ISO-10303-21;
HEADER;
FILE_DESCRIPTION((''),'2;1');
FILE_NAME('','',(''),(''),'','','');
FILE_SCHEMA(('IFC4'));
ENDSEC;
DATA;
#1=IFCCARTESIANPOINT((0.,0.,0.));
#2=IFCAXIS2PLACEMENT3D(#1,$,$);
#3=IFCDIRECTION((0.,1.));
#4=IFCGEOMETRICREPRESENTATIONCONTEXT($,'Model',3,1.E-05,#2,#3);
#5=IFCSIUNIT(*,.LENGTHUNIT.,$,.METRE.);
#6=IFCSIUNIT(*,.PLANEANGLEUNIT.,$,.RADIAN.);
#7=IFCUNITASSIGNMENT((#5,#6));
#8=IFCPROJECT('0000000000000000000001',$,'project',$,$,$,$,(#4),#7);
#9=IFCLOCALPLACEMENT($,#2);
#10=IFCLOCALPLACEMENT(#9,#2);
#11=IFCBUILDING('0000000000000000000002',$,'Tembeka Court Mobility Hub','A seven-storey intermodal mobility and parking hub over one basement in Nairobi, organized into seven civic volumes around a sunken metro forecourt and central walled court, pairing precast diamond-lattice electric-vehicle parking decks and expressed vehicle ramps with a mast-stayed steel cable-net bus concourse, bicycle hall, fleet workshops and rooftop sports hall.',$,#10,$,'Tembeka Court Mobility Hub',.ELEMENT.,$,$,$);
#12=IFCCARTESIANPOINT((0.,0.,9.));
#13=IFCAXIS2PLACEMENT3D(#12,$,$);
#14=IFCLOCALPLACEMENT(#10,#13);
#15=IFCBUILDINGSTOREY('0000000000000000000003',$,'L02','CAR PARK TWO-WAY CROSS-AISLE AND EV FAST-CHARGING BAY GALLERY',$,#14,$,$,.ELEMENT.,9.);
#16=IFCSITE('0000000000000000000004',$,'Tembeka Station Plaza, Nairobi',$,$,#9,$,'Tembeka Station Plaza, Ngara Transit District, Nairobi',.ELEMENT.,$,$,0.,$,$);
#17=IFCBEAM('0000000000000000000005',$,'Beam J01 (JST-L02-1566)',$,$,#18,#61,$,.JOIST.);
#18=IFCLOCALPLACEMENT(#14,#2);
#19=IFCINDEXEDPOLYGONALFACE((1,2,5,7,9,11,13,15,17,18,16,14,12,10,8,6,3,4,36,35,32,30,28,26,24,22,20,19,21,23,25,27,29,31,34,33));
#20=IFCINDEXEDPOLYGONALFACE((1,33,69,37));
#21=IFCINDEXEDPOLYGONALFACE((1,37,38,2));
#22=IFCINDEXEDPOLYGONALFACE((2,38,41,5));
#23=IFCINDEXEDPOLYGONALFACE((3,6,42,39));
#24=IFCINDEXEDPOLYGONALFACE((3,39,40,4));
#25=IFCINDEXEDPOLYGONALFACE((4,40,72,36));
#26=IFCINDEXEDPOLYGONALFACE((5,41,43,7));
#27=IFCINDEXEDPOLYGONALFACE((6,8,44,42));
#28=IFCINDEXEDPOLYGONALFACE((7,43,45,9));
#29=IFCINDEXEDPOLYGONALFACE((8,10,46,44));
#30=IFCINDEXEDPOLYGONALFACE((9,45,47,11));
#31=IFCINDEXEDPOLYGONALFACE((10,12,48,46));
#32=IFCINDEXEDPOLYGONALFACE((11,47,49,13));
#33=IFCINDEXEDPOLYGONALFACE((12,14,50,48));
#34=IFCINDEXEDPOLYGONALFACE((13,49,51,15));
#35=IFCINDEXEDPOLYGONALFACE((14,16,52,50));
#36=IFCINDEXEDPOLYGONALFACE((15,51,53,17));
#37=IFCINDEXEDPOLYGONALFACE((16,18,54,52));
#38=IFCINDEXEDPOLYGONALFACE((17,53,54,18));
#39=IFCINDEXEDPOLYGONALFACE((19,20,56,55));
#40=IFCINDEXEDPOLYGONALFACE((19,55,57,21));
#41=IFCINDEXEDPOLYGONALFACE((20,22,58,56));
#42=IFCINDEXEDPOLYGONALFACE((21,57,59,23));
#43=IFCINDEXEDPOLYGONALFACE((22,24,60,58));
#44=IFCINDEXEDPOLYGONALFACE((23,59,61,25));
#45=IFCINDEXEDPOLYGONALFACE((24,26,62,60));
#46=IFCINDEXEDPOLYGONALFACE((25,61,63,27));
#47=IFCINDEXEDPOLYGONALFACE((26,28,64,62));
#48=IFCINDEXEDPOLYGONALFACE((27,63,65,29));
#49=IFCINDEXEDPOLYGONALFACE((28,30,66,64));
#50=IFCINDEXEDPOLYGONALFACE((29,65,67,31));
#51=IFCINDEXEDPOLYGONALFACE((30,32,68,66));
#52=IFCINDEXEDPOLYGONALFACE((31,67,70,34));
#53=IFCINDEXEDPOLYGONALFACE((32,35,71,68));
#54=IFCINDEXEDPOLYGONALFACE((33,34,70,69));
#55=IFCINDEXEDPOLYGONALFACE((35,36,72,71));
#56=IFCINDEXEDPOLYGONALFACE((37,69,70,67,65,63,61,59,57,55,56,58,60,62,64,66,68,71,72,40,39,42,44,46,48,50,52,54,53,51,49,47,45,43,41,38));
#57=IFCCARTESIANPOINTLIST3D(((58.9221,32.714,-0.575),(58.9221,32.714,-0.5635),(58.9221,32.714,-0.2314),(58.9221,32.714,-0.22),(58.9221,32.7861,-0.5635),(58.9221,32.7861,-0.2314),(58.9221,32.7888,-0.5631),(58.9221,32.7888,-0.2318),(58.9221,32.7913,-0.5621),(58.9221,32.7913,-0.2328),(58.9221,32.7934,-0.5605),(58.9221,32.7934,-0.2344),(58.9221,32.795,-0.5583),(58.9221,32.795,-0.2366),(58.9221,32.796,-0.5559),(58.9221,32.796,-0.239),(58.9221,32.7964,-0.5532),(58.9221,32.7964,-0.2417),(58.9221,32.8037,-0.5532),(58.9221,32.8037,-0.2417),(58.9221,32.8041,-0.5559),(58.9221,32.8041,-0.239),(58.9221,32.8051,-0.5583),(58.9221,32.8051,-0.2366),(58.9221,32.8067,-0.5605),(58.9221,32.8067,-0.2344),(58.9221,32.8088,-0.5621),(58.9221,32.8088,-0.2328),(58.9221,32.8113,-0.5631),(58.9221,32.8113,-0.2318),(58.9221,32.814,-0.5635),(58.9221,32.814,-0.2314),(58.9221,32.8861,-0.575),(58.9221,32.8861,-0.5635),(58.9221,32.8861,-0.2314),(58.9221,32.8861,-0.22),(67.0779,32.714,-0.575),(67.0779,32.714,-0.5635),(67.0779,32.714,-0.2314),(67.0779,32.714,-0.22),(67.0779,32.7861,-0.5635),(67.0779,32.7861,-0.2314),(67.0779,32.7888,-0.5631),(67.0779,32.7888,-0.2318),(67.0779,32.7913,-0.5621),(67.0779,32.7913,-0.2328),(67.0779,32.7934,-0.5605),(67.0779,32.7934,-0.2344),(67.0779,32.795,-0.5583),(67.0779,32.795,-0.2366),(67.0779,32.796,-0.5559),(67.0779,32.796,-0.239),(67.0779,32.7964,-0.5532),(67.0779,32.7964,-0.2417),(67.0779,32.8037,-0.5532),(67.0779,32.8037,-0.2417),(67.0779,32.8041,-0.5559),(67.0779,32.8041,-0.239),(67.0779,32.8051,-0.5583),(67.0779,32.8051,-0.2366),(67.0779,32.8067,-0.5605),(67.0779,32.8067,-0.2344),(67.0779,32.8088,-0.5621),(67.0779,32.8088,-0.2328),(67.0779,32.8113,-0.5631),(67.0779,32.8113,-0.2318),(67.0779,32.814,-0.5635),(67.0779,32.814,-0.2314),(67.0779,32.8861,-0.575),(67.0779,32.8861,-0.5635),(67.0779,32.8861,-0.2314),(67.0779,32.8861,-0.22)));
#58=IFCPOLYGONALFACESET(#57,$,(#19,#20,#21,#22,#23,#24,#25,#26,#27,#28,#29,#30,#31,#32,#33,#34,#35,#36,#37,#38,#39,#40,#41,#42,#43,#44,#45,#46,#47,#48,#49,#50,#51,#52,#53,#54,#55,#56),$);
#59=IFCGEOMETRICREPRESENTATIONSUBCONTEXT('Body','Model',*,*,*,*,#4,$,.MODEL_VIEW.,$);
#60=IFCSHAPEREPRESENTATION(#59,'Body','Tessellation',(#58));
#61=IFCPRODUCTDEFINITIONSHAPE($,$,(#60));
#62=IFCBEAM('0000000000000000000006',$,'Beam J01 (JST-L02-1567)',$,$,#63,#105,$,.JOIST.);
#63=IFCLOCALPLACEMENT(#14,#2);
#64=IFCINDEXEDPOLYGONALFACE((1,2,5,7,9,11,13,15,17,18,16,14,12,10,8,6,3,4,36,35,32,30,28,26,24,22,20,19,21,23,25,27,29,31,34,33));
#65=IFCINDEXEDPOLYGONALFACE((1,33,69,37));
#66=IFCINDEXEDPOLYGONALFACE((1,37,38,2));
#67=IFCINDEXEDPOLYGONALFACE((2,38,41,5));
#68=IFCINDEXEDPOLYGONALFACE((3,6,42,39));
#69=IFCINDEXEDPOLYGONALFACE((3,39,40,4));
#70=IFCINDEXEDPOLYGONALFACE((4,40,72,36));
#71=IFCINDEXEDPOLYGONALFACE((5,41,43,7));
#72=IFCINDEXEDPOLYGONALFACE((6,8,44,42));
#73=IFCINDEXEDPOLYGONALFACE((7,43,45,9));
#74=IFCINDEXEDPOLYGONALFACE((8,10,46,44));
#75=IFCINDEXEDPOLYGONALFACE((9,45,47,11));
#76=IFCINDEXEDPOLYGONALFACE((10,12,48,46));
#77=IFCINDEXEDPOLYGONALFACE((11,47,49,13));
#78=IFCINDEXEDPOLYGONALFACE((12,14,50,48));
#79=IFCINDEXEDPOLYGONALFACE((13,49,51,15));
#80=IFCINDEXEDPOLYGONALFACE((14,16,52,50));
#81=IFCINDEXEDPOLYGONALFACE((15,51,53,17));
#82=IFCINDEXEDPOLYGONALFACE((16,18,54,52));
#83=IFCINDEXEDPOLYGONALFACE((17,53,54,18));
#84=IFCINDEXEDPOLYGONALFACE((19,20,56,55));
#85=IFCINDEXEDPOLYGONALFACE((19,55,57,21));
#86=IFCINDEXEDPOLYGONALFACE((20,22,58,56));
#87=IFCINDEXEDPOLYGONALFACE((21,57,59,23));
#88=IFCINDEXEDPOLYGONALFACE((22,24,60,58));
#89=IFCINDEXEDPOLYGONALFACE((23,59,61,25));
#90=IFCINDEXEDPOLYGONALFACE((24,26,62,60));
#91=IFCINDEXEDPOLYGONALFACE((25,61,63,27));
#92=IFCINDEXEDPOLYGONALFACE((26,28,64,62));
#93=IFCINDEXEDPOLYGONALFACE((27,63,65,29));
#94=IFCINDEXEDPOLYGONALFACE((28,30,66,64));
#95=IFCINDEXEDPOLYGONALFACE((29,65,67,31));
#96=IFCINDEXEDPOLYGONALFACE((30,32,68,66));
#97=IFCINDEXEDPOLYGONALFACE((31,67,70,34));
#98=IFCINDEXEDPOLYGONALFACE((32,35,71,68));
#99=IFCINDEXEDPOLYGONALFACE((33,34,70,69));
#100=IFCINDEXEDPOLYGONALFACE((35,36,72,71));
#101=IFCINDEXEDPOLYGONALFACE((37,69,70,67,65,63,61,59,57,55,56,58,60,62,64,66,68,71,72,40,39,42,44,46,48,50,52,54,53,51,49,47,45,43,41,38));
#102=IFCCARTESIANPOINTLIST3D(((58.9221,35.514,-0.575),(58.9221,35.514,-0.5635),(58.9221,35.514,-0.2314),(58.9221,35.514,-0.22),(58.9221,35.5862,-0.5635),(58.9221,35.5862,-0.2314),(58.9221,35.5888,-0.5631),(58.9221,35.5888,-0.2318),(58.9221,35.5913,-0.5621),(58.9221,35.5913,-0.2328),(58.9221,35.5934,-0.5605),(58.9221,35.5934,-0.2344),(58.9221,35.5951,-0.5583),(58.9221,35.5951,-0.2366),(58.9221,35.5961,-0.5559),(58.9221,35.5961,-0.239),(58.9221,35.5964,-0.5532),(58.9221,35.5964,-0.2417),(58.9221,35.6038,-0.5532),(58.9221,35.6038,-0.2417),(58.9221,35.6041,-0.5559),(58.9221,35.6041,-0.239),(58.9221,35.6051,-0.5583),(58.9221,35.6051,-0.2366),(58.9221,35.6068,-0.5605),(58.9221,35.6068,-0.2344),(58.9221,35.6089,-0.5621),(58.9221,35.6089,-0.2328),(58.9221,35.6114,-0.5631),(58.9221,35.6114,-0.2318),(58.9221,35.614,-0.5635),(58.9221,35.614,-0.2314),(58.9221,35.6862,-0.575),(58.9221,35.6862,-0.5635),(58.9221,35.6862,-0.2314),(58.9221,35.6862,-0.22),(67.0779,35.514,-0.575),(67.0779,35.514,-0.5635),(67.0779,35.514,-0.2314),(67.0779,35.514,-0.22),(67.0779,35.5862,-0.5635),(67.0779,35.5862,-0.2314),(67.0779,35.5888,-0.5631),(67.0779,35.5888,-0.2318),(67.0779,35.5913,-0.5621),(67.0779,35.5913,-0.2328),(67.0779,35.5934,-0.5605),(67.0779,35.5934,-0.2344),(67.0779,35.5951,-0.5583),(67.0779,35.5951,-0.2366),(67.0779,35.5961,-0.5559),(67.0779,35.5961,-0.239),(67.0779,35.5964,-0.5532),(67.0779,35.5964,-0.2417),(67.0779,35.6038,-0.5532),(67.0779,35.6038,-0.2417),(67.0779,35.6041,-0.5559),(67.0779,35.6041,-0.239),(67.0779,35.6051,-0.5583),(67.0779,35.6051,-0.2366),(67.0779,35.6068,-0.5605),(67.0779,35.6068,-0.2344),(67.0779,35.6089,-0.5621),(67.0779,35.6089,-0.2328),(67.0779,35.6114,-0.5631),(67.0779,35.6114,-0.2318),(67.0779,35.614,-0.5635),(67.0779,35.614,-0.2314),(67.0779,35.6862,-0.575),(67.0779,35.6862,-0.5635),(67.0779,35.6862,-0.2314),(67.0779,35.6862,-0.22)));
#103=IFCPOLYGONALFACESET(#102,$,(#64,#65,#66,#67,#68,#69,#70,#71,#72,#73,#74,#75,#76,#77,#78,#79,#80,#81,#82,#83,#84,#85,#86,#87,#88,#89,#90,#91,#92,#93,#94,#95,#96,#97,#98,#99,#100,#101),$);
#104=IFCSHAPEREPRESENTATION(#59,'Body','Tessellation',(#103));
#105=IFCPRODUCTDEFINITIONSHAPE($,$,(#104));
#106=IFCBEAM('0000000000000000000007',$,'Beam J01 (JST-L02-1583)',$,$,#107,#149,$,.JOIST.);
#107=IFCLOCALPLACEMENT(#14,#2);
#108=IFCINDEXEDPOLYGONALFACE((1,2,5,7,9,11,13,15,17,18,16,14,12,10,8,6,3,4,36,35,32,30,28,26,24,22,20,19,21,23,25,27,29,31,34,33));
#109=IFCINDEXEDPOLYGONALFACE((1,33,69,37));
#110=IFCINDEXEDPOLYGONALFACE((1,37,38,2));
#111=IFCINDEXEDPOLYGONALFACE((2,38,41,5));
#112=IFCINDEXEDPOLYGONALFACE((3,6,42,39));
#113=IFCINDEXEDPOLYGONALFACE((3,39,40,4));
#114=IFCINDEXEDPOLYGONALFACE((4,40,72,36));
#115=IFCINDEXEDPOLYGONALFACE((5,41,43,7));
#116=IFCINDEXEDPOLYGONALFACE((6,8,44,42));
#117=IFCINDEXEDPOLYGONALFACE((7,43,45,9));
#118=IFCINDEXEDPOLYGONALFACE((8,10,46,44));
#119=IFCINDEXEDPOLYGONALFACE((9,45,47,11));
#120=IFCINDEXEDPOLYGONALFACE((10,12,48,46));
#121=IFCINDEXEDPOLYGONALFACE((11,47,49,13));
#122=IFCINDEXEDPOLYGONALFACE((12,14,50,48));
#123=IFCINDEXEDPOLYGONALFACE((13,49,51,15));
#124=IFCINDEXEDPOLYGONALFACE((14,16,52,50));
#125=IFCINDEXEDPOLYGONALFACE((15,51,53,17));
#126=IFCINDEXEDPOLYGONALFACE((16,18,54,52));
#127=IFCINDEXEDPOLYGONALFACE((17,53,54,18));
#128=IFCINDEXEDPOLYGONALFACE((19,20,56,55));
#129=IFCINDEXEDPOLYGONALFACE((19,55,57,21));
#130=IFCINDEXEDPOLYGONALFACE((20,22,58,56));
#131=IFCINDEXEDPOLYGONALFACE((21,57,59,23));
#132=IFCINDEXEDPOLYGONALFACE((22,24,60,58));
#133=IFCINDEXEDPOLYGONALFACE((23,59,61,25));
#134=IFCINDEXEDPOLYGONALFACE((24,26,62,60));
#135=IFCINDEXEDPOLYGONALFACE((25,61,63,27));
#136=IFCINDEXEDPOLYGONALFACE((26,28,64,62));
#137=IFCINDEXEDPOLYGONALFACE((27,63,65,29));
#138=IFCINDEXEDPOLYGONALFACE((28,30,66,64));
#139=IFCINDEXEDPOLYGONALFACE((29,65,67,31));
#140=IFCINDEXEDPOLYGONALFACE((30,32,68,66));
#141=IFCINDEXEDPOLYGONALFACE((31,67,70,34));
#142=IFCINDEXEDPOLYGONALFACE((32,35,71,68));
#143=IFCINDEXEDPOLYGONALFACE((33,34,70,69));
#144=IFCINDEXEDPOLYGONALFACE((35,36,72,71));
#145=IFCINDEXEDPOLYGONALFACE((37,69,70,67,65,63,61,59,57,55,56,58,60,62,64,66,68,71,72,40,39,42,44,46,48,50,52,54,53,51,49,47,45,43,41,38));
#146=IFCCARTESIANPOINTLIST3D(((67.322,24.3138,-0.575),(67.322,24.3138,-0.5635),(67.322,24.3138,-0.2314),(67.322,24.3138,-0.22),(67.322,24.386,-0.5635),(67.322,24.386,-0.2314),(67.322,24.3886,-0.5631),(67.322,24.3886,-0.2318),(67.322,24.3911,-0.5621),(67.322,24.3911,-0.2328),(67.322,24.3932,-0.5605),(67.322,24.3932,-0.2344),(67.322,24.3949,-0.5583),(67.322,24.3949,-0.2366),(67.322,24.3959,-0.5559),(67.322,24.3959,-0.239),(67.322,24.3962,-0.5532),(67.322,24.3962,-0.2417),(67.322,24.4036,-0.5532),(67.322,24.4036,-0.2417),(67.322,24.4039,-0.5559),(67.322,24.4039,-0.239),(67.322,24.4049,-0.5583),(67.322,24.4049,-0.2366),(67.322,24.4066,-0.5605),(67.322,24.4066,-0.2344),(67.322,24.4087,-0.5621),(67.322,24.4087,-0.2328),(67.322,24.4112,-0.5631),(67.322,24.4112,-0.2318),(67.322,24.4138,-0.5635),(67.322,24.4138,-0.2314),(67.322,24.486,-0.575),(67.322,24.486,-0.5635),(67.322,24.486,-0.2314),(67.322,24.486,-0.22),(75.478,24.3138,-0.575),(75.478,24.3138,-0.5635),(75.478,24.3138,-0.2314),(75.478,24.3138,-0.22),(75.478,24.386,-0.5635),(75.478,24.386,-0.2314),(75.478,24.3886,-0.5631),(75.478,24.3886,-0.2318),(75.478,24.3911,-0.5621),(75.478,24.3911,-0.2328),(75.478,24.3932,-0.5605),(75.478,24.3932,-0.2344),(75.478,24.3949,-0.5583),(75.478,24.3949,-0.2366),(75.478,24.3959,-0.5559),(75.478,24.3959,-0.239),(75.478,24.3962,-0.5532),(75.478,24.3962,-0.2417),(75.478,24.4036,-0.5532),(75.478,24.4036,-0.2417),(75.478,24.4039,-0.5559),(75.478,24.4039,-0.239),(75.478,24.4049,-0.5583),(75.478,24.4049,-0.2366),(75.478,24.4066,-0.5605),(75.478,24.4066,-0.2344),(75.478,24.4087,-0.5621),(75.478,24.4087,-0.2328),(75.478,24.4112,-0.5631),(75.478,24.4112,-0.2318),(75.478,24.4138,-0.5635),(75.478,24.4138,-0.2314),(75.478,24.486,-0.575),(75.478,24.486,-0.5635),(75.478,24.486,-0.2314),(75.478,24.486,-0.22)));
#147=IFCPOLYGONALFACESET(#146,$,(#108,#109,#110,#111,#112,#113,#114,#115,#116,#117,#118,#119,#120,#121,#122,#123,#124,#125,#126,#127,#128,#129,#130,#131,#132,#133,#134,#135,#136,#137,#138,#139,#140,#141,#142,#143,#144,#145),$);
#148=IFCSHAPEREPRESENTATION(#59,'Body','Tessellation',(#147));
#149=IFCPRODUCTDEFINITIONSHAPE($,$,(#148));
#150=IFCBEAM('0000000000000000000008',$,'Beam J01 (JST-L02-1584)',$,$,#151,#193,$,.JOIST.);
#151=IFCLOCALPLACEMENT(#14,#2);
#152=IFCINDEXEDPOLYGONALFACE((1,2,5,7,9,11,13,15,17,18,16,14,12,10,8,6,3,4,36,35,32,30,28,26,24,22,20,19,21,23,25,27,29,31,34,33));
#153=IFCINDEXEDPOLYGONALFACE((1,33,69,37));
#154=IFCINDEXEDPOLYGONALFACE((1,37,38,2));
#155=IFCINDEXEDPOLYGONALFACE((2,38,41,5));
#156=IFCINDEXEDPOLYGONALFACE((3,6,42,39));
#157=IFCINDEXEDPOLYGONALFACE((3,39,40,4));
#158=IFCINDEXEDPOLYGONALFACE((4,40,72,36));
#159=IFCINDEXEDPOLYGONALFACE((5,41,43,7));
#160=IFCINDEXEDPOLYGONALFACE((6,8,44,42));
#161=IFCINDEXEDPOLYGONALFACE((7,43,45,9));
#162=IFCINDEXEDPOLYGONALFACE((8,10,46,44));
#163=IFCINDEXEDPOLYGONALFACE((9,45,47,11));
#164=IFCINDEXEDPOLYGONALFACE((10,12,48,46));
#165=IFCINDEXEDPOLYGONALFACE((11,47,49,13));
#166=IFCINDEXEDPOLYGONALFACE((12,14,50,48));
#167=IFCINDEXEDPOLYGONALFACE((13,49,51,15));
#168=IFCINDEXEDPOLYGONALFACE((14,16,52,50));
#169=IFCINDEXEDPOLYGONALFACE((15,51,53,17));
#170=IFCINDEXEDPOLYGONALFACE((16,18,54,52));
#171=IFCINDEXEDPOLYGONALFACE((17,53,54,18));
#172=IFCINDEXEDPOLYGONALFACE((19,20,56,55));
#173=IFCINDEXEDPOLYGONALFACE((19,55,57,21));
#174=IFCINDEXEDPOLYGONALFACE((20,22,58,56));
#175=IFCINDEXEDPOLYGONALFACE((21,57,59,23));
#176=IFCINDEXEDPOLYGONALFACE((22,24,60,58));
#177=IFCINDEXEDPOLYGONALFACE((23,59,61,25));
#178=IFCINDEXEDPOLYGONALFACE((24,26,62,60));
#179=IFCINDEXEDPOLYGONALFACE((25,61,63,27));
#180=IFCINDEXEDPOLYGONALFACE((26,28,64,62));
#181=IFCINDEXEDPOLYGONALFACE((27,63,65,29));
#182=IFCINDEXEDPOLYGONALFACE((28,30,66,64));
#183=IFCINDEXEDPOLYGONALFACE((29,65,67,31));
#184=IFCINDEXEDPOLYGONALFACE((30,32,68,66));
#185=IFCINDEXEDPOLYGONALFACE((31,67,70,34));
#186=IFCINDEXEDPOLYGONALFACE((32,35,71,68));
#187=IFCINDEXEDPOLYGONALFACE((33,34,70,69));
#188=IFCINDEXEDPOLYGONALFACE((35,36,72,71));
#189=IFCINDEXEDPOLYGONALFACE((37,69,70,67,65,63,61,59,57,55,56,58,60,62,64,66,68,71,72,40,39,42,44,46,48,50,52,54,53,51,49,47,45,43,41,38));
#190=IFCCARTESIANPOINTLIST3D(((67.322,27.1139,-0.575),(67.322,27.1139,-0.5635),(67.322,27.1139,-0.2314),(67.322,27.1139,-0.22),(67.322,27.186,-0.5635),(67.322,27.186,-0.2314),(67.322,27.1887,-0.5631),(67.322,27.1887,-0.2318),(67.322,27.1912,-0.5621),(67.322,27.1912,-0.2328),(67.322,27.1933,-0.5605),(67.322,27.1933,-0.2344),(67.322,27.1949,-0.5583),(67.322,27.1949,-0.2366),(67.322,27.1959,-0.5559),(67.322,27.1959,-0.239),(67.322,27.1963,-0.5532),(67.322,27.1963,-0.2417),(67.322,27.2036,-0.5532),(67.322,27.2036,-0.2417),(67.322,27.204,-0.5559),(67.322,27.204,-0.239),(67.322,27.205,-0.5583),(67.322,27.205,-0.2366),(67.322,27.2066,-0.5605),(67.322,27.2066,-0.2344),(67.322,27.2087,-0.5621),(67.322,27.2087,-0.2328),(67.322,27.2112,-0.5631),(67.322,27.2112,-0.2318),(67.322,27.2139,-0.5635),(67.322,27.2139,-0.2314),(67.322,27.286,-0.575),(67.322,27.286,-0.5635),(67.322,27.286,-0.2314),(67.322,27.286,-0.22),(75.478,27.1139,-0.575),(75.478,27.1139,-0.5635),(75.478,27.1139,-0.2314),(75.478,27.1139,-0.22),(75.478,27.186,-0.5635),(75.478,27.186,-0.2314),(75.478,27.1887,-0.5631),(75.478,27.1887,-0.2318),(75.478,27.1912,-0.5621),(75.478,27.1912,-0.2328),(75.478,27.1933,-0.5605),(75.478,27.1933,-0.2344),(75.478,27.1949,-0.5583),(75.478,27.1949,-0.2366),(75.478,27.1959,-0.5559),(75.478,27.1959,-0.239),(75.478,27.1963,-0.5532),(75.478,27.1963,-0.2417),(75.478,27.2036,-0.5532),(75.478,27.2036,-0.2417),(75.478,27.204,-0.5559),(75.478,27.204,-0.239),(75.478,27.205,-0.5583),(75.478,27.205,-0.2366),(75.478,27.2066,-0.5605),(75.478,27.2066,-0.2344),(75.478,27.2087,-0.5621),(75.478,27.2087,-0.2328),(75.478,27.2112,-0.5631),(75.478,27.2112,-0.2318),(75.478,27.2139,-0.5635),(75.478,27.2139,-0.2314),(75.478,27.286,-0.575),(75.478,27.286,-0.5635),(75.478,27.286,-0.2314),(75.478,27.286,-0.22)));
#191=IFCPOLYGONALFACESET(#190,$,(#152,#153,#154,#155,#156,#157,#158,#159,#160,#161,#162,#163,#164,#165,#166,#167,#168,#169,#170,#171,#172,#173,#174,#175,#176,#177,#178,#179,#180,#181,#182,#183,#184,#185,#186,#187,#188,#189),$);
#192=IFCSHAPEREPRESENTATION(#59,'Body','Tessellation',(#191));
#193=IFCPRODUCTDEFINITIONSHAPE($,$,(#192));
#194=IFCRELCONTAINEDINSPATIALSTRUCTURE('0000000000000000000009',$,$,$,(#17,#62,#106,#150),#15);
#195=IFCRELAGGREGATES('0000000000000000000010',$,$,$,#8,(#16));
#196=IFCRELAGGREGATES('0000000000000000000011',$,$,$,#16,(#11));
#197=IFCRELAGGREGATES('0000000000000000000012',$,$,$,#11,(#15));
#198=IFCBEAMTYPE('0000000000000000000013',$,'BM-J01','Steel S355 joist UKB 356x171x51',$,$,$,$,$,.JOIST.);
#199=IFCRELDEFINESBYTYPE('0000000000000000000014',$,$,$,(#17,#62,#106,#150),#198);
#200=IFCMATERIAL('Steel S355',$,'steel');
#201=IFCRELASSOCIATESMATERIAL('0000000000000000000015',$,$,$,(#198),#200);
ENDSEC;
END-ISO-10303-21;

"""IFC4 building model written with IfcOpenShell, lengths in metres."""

from ifc_helpers import new_model, si_unit, direction, frame, origin, origin_2d, place, context, subcontext, project, spatial, i_section, extrude, material, material_profile, profile_set, type_object, element, save


model = new_model("IFC4")

# Units and contexts
model_context = context("Model", 3, precision=1e-05, world=origin(), true_north=direction((0.0, 1.0)))
body_context = subcontext(model_context, "Body", "Model", "MODEL_VIEW")
ifc_project = project(units=[si_unit("LENGTHUNIT", "METRE"), si_unit("PLANEANGLEUNIT", "RADIAN")], contexts=[model_context])

# Site, building, storey
site_placement = place(None, origin())
site = spatial("IfcSite", under=ifc_project, at=site_placement, Name="Tembeka Station Plaza, Nairobi", LongName="Tembeka Station Plaza, Ngara Transit District, Nairobi", CompositionType="ELEMENT", RefElevation=0.0)
building_placement = place(site_placement, origin())
building = spatial("IfcBuilding", under=site, at=building_placement, Name="Tembeka Court Mobility Hub", Description="A seven-storey intermodal mobility and parking hub over one basement in Nairobi, organized into seven civic volumes around a sunken metro forecourt and central walled court, pairing precast diamond-lattice electric-vehicle parking decks and expressed vehicle ramps with a mast-stayed steel cable-net bus concourse, bicycle hall, fleet workshops and rooftop sports hall.", LongName="Tembeka Court Mobility Hub", CompositionType="ELEMENT")
storey_placement = place(building_placement, frame((0.0, 0.0, 9.0)))
storey = spatial("IfcBuildingStorey", under=building, at=storey_placement, Name="L02", Description="CAR PARK TWO-WAY CROSS-AISLE AND EV FAST-CHARGING BAY GALLERY", CompositionType="ELEMENT", Elevation=9.0)

# Shared definitions
ifc_material_1 = material(Name="Steel S355", Category="steel")

# Beams
ifc_material_profile_1 = material_profile(ifc_material_1, i_section(OverallWidth=0.1721, OverallDepth=0.355, WebThickness=0.0073, FlangeThickness=0.0115, FilletRadius=0.0103, at=origin_2d()), Name="UKB 356x171x51")
ifc_profile_set_1 = profile_set([ifc_material_profile_1], Name="Steel S355")
beam_type_1 = type_object("IfcBeamType", Name="BM-J01", Description="Steel S355 joist UKB 356x171x51", PredefinedType="JOIST", material=ifc_profile_set_1)
for number, where, z_axis, x_axis, name in (
    (1, (58.9221, 32.8, -0.3975), (1.0, 0.0, 0.0), (0.0, 1.0, 0.0), "Beam J01 (JST-L02-1566)"),
    (2, (58.9221, 35.6001, -0.3975), (1.0, 0.0, 0.0), (0.0, 1.0, 0.0), "Beam J01 (JST-L02-1567)"),
):
    element("IfcBeam", number, at=place(storey_placement, frame(where, z_axis=z_axis, x_axis=x_axis)), inside=storey, type_object=beam_type_1, Name=name, PredefinedType="JOIST", context=body_context, shape_type="SweptSolid", body=[
        extrude(i_section(OverallWidth=0.1721, OverallDepth=0.355, WebThickness=0.0073, FlangeThickness=0.0115, FilletRadius=0.0103, at=origin_2d()), origin(), (0.0, 0.0, 1.0), 8.1558),
    ])
for number, where, z_axis, x_axis, name in (
    (3, (67.322, 24.3999, -0.3975), (1.0, 0.0, 0.0), (0.0, 1.0, 0.0), "Beam J01 (JST-L02-1583)"),
    (4, (67.322, 27.2, -0.3975), (1.0, 0.0, 0.0), (0.0, 1.0, 0.0), "Beam J01 (JST-L02-1584)"),
):
    element("IfcBeam", number, at=place(storey_placement, frame(where, z_axis=z_axis, x_axis=x_axis)), inside=storey, type_object=beam_type_1, Name=name, PredefinedType="JOIST", context=body_context, shape_type="SweptSolid", body=[
        extrude(i_section(OverallWidth=0.1721, OverallDepth=0.355, WebThickness=0.0073, FlangeThickness=0.0115, FilletRadius=0.0103, at=origin_2d()), origin(), (0.0, 0.0, 1.0), 8.156),
    ])

save(model, "model.ifc")
